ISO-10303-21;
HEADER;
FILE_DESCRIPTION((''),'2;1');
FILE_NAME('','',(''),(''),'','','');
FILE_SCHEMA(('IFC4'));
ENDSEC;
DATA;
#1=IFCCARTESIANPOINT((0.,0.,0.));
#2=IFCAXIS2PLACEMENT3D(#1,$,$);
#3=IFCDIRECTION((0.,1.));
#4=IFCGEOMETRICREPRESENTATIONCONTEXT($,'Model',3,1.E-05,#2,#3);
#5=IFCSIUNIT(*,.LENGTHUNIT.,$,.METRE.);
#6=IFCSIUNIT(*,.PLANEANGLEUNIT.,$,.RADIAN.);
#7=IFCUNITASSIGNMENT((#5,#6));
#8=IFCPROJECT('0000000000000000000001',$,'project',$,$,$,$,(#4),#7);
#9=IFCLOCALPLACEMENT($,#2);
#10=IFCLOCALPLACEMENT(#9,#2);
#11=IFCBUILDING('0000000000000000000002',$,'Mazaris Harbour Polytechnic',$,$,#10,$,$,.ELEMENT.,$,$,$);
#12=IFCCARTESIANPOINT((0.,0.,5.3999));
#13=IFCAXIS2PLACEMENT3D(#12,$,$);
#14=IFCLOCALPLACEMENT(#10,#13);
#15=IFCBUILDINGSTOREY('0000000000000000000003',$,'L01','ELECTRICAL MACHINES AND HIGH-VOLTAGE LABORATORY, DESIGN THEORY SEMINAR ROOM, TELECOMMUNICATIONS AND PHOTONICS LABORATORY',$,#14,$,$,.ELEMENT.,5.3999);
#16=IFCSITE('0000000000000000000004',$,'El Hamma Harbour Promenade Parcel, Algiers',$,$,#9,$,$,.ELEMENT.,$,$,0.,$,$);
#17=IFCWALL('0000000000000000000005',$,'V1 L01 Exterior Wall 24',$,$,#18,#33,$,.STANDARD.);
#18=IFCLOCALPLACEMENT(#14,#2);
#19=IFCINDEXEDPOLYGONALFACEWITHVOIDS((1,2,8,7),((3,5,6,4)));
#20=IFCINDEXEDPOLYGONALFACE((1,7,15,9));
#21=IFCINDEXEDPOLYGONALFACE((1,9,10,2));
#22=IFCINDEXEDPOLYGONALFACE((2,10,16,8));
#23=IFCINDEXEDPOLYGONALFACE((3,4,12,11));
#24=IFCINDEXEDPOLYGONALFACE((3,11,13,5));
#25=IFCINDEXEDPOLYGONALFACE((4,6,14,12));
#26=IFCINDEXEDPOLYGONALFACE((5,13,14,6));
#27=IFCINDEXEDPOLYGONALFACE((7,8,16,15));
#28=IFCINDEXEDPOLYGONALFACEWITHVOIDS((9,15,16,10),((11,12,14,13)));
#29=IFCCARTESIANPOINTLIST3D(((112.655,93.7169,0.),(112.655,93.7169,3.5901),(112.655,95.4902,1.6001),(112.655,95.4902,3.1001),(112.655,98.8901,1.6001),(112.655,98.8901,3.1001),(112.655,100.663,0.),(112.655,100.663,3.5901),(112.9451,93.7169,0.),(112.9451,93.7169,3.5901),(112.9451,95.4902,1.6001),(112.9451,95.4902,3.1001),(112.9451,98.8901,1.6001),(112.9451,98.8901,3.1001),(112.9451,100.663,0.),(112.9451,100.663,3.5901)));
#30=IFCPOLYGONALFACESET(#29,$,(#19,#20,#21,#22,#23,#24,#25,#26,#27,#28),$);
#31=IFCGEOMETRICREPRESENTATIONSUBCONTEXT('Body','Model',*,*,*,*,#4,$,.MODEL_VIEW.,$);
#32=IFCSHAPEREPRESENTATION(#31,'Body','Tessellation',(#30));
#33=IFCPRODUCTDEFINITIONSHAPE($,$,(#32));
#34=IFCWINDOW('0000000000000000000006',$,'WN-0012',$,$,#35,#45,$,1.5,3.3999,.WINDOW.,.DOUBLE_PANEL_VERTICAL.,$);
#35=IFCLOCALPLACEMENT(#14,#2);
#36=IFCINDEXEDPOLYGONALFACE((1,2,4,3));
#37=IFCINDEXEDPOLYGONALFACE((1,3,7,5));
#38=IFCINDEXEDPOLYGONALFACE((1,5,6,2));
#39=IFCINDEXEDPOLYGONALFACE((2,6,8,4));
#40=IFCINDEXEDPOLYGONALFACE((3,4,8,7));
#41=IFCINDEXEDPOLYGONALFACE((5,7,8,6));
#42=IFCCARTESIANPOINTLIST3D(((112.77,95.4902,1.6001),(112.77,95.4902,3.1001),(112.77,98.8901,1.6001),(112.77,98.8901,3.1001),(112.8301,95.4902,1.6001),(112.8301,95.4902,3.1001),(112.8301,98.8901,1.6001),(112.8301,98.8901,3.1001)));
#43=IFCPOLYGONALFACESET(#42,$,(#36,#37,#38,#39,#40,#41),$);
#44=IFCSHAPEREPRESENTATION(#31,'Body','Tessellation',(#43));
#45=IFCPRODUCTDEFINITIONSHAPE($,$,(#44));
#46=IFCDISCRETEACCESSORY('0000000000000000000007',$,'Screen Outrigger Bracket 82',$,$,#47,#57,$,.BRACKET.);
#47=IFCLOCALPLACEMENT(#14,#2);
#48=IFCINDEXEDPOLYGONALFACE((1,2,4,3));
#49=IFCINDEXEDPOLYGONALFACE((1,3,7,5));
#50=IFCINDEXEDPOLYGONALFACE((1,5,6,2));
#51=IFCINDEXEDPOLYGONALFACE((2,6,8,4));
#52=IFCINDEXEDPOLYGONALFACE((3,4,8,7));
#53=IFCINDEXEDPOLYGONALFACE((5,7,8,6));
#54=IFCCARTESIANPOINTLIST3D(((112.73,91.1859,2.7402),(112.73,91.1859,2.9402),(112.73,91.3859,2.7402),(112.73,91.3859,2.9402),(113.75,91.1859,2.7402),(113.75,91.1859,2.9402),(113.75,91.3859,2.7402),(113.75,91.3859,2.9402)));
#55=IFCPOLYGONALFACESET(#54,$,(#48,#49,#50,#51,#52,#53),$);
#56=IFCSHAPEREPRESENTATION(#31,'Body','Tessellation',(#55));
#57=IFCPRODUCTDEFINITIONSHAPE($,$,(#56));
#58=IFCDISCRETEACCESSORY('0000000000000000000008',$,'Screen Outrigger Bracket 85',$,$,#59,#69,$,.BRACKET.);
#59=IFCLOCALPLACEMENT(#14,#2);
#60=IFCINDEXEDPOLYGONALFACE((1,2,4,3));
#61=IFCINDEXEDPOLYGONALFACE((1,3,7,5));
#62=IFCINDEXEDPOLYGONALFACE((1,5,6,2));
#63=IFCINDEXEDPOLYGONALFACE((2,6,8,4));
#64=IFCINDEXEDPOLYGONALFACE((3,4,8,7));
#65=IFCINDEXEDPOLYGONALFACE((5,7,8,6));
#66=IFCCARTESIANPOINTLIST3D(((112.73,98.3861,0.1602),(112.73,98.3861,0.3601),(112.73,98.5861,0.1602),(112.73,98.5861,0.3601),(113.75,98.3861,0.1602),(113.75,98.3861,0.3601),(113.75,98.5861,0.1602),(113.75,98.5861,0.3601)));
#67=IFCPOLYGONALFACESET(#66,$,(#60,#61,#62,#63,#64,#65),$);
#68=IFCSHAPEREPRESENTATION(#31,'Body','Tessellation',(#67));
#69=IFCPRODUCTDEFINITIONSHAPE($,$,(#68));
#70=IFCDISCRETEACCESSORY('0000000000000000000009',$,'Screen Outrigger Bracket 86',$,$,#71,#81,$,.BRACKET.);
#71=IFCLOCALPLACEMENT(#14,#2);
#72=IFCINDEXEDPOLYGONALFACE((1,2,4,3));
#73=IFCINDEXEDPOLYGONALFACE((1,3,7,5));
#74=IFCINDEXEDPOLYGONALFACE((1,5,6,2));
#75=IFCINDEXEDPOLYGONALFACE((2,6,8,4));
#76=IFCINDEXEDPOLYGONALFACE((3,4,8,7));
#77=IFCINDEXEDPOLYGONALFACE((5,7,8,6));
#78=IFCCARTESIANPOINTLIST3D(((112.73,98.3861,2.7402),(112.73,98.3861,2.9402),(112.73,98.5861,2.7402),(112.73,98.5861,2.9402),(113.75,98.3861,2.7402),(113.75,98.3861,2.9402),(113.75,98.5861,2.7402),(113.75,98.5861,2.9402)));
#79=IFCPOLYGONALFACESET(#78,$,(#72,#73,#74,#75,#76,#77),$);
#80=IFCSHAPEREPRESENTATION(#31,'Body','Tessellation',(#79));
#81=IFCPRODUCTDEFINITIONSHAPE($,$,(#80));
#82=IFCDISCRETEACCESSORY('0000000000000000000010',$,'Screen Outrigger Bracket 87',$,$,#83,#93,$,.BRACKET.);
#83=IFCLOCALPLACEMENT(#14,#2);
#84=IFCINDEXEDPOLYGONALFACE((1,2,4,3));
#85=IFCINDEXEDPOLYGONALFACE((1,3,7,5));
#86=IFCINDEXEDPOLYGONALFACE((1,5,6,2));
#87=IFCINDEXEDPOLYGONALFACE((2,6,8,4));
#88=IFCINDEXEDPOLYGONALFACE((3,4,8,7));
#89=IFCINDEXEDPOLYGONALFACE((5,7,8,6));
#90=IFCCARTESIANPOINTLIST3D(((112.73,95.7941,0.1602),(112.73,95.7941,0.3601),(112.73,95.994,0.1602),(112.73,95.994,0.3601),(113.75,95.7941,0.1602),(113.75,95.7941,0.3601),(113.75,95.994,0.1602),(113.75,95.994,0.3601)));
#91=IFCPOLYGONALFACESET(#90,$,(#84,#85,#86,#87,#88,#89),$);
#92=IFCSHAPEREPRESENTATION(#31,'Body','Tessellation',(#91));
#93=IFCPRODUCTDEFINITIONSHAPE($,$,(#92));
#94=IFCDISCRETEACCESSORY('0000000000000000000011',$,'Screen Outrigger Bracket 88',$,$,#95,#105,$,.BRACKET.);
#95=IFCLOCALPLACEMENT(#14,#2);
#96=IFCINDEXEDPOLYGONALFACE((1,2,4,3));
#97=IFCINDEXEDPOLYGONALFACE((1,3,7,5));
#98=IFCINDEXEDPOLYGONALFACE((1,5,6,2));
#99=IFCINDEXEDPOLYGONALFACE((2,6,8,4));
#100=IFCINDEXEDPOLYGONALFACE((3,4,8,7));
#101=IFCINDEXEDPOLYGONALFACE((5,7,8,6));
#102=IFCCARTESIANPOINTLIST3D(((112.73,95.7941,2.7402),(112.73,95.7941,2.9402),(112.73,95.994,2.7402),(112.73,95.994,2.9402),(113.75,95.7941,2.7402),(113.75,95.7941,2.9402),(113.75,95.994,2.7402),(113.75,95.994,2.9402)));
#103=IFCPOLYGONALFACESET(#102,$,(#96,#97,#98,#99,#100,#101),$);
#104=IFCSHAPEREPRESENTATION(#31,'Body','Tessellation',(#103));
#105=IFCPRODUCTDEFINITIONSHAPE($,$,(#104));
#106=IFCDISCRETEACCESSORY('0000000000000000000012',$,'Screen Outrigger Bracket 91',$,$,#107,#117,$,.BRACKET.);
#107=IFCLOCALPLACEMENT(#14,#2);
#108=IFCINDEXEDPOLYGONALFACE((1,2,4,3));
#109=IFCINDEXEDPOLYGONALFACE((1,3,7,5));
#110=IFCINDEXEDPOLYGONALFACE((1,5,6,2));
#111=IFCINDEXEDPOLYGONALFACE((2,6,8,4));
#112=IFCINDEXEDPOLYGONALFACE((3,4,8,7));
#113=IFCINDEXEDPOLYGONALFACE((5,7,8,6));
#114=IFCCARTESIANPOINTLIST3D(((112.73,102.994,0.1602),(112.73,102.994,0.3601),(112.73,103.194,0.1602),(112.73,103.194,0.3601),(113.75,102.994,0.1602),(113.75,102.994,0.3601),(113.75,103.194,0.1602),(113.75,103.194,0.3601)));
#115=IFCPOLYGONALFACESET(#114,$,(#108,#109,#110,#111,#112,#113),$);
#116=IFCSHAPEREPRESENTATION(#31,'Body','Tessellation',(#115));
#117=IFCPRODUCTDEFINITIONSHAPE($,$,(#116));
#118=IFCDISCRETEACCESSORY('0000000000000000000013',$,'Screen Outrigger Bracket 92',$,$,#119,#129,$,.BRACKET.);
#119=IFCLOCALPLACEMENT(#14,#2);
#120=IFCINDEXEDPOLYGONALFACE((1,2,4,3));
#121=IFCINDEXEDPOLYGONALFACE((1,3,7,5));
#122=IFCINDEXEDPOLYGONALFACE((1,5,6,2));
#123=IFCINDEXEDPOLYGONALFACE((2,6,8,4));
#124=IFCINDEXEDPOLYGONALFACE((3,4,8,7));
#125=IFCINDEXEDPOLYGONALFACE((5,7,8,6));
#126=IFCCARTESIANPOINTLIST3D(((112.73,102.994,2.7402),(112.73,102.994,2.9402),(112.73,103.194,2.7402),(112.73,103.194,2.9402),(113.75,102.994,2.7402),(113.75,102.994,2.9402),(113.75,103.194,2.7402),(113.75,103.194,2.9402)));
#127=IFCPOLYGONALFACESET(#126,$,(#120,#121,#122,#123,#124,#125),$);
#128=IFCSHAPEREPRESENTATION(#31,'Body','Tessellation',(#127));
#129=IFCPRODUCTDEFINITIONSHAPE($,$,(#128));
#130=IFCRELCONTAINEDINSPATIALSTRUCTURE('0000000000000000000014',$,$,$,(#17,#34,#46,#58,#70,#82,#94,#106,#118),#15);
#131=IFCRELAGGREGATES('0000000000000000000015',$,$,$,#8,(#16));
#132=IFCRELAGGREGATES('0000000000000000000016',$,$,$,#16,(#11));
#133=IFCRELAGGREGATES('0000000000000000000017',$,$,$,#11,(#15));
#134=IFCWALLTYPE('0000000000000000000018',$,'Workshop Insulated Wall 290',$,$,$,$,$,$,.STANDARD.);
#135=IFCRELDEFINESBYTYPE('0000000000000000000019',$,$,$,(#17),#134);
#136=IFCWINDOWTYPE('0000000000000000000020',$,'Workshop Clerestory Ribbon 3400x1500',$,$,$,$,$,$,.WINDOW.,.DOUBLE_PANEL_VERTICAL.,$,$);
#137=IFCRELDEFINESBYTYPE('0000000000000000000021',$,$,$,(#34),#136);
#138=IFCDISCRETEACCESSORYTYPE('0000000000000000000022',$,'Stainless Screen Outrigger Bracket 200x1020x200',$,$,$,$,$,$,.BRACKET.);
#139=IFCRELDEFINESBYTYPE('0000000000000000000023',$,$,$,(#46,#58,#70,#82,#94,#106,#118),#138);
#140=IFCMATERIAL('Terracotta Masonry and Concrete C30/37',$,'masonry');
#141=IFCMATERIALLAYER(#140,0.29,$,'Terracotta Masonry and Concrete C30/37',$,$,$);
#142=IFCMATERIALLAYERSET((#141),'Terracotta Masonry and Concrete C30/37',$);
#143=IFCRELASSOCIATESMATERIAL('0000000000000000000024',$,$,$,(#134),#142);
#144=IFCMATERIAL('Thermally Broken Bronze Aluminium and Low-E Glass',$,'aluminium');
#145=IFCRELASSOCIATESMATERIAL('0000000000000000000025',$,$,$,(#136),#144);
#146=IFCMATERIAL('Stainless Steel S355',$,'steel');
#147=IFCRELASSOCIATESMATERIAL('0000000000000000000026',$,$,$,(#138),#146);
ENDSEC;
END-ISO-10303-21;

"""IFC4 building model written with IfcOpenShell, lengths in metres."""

from ifc_helpers import new_model, si_unit, direction, frame, frame_2d, origin, origin_2d, place, context, subcontext, project, spatial, rectangle, extrude, material, layer, layer_set, type_object, element, fill, save


model = new_model("IFC4")

# Units and contexts
model_context = context("Model", 3, precision=1e-05, world=origin(), true_north=direction((0.0, 1.0)))
body_context = subcontext(model_context, "Body", "Model", "MODEL_VIEW")
ifc_project = project(units=[si_unit("LENGTHUNIT", "METRE"), si_unit("PLANEANGLEUNIT", "RADIAN")], contexts=[model_context])

# Site, building, storey
site_placement = place(None, origin())
site = spatial("IfcSite", under=ifc_project, at=site_placement, Name="El Hamma Harbour Promenade Parcel, Algiers", CompositionType="ELEMENT", RefElevation=0.0)
building_placement = place(site_placement, origin())
building = spatial("IfcBuilding", under=site, at=building_placement, Name="Mazaris Harbour Polytechnic", CompositionType="ELEMENT")
storey_placement = place(building_placement, frame((0.0, 0.0, 5.3999)))
storey = spatial("IfcBuildingStorey", under=building, at=storey_placement, Name="L01", Description="ELECTRICAL MACHINES AND HIGH-VOLTAGE LABORATORY, DESIGN THEORY SEMINAR ROOM, TELECOMMUNICATIONS AND PHOTONICS LABORATORY", CompositionType="ELEMENT", Elevation=5.3999)

# Wall, opening, window
ifc_material_1 = material(Name="Terracotta Masonry and Concrete C30/37", Category="masonry")
ifc_layer_1 = layer(ifc_material_1, 0.29, Name="Terracotta Masonry and Concrete C30/37")
ifc_layer_set_1 = layer_set([ifc_layer_1], Name="Terracotta Masonry and Concrete C30/37")
wall_type = type_object("IfcWallType", Name="Workshop Insulated Wall 290", PredefinedType="STANDARD", material=ifc_layer_set_1)
wall_placement = place(storey_placement, frame((112.8, 100.6631, 0.0), z_axis=(0.0, 0.0, 1.0), x_axis=(0.0, -1.0, 0.0)))
wall = element("IfcWall", 1, at=wall_placement, inside=storey, type_object=wall_type, Name="V1 L01 Exterior Wall 24", PredefinedType="STANDARD", context=body_context, shape_type="SweptSolid", body=[
    extrude(rectangle(XDim=6.946, YDim=0.29, at=frame_2d((3.4731, 0.0))), origin(), (0.0, 0.0, 1.0), 3.5901),
])
opening_placement = place(wall_placement, frame((1.7729, 0.0, 1.6001)))
opening = element("IfcOpeningElement", 2, at=opening_placement, cuts=wall, PredefinedType="OPENING", context=body_context, shape_type="SweptSolid", body=[
    extrude(rectangle(XDim=3.3999, YDim=1.5, at=frame_2d((1.7, 0.75))), frame((0.0, 0.155, 0.0), z_axis=(0.0, -1.0, 0.0), x_axis=(1.0, 0.0, 0.0)), (0.0, 0.0, 1.0), 0.3101),
])
ifc_material_2 = material(Name="Thermally Broken Bronze Aluminium and Low-E Glass", Category="aluminium")
window_type = type_object("IfcWindowType", Name="Workshop Clerestory Ribbon 3400x1500", PartitioningType="DOUBLE_PANEL_VERTICAL", PredefinedType="WINDOW", material=ifc_material_2)
window_placement = place(opening_placement, origin())
window = element("IfcWindow", 3, at=window_placement, inside=storey, type_object=window_type, Name="WN-0012", OverallHeight=1.5, OverallWidth=3.3999, PartitioningType="DOUBLE_PANEL_VERTICAL", PredefinedType="WINDOW", context=body_context, shape_type="SweptSolid", body=[
    extrude(rectangle(XDim=3.3999, YDim=1.5, at=frame_2d((1.7, 0.75))), frame((0.0, 0.03, 0.0), z_axis=(0.0, -1.0, 0.0), x_axis=(1.0, 0.0, 0.0)), (0.0, 0.0, 1.0), 0.0601),
])
fill(opening, window)

# Discrete accessories
ifc_material_3 = material(Name="Stainless Steel S355", Category="steel")
discrete_accessory_type = type_object("IfcDiscreteAccessoryType", Name="Stainless Screen Outrigger Bracket 200x1020x200", PredefinedType="BRACKET", material=ifc_material_3)
for number, where, z_axis, x_axis, name in (
    (4, (113.24, 91.2859, 2.7402), (0.0, 0.0, 1.0), (0.0, -1.0, 0.0), "Screen Outrigger Bracket 82"),
    (5, (113.24, 98.4861, 0.1602), (0.0, 0.0, 1.0), (0.0, -1.0, 0.0), "Screen Outrigger Bracket 85"),
    (6, (113.24, 98.4861, 2.7402), (0.0, 0.0, 1.0), (0.0, -1.0, 0.0), "Screen Outrigger Bracket 86"),
    (7, (113.24, 95.894, 0.1602), (0.0, 0.0, 1.0), (0.0, -1.0, 0.0), "Screen Outrigger Bracket 87"),
    (8, (113.24, 95.894, 2.7402), (0.0, 0.0, 1.0), (0.0, -1.0, 0.0), "Screen Outrigger Bracket 88"),
    (9, (113.24, 103.094, 0.1602), (0.0, 0.0, 1.0), (0.0, -1.0, 0.0), "Screen Outrigger Bracket 91"),
    (10, (113.24, 103.094, 2.7402), (0.0, 0.0, 1.0), (0.0, -1.0, 0.0), "Screen Outrigger Bracket 92"),
):
    element("IfcDiscreteAccessory", number, at=place(storey_placement, frame(where, z_axis=z_axis, x_axis=x_axis)), inside=storey, type_object=discrete_accessory_type, Name=name, PredefinedType="BRACKET", context=body_context, shape_type="SweptSolid", body=[
        extrude(rectangle(XDim=0.2, YDim=1.02, at=origin_2d()), origin(), (0.0, 0.0, 1.0), 0.2),
    ])

save(model, "model.ifc")
